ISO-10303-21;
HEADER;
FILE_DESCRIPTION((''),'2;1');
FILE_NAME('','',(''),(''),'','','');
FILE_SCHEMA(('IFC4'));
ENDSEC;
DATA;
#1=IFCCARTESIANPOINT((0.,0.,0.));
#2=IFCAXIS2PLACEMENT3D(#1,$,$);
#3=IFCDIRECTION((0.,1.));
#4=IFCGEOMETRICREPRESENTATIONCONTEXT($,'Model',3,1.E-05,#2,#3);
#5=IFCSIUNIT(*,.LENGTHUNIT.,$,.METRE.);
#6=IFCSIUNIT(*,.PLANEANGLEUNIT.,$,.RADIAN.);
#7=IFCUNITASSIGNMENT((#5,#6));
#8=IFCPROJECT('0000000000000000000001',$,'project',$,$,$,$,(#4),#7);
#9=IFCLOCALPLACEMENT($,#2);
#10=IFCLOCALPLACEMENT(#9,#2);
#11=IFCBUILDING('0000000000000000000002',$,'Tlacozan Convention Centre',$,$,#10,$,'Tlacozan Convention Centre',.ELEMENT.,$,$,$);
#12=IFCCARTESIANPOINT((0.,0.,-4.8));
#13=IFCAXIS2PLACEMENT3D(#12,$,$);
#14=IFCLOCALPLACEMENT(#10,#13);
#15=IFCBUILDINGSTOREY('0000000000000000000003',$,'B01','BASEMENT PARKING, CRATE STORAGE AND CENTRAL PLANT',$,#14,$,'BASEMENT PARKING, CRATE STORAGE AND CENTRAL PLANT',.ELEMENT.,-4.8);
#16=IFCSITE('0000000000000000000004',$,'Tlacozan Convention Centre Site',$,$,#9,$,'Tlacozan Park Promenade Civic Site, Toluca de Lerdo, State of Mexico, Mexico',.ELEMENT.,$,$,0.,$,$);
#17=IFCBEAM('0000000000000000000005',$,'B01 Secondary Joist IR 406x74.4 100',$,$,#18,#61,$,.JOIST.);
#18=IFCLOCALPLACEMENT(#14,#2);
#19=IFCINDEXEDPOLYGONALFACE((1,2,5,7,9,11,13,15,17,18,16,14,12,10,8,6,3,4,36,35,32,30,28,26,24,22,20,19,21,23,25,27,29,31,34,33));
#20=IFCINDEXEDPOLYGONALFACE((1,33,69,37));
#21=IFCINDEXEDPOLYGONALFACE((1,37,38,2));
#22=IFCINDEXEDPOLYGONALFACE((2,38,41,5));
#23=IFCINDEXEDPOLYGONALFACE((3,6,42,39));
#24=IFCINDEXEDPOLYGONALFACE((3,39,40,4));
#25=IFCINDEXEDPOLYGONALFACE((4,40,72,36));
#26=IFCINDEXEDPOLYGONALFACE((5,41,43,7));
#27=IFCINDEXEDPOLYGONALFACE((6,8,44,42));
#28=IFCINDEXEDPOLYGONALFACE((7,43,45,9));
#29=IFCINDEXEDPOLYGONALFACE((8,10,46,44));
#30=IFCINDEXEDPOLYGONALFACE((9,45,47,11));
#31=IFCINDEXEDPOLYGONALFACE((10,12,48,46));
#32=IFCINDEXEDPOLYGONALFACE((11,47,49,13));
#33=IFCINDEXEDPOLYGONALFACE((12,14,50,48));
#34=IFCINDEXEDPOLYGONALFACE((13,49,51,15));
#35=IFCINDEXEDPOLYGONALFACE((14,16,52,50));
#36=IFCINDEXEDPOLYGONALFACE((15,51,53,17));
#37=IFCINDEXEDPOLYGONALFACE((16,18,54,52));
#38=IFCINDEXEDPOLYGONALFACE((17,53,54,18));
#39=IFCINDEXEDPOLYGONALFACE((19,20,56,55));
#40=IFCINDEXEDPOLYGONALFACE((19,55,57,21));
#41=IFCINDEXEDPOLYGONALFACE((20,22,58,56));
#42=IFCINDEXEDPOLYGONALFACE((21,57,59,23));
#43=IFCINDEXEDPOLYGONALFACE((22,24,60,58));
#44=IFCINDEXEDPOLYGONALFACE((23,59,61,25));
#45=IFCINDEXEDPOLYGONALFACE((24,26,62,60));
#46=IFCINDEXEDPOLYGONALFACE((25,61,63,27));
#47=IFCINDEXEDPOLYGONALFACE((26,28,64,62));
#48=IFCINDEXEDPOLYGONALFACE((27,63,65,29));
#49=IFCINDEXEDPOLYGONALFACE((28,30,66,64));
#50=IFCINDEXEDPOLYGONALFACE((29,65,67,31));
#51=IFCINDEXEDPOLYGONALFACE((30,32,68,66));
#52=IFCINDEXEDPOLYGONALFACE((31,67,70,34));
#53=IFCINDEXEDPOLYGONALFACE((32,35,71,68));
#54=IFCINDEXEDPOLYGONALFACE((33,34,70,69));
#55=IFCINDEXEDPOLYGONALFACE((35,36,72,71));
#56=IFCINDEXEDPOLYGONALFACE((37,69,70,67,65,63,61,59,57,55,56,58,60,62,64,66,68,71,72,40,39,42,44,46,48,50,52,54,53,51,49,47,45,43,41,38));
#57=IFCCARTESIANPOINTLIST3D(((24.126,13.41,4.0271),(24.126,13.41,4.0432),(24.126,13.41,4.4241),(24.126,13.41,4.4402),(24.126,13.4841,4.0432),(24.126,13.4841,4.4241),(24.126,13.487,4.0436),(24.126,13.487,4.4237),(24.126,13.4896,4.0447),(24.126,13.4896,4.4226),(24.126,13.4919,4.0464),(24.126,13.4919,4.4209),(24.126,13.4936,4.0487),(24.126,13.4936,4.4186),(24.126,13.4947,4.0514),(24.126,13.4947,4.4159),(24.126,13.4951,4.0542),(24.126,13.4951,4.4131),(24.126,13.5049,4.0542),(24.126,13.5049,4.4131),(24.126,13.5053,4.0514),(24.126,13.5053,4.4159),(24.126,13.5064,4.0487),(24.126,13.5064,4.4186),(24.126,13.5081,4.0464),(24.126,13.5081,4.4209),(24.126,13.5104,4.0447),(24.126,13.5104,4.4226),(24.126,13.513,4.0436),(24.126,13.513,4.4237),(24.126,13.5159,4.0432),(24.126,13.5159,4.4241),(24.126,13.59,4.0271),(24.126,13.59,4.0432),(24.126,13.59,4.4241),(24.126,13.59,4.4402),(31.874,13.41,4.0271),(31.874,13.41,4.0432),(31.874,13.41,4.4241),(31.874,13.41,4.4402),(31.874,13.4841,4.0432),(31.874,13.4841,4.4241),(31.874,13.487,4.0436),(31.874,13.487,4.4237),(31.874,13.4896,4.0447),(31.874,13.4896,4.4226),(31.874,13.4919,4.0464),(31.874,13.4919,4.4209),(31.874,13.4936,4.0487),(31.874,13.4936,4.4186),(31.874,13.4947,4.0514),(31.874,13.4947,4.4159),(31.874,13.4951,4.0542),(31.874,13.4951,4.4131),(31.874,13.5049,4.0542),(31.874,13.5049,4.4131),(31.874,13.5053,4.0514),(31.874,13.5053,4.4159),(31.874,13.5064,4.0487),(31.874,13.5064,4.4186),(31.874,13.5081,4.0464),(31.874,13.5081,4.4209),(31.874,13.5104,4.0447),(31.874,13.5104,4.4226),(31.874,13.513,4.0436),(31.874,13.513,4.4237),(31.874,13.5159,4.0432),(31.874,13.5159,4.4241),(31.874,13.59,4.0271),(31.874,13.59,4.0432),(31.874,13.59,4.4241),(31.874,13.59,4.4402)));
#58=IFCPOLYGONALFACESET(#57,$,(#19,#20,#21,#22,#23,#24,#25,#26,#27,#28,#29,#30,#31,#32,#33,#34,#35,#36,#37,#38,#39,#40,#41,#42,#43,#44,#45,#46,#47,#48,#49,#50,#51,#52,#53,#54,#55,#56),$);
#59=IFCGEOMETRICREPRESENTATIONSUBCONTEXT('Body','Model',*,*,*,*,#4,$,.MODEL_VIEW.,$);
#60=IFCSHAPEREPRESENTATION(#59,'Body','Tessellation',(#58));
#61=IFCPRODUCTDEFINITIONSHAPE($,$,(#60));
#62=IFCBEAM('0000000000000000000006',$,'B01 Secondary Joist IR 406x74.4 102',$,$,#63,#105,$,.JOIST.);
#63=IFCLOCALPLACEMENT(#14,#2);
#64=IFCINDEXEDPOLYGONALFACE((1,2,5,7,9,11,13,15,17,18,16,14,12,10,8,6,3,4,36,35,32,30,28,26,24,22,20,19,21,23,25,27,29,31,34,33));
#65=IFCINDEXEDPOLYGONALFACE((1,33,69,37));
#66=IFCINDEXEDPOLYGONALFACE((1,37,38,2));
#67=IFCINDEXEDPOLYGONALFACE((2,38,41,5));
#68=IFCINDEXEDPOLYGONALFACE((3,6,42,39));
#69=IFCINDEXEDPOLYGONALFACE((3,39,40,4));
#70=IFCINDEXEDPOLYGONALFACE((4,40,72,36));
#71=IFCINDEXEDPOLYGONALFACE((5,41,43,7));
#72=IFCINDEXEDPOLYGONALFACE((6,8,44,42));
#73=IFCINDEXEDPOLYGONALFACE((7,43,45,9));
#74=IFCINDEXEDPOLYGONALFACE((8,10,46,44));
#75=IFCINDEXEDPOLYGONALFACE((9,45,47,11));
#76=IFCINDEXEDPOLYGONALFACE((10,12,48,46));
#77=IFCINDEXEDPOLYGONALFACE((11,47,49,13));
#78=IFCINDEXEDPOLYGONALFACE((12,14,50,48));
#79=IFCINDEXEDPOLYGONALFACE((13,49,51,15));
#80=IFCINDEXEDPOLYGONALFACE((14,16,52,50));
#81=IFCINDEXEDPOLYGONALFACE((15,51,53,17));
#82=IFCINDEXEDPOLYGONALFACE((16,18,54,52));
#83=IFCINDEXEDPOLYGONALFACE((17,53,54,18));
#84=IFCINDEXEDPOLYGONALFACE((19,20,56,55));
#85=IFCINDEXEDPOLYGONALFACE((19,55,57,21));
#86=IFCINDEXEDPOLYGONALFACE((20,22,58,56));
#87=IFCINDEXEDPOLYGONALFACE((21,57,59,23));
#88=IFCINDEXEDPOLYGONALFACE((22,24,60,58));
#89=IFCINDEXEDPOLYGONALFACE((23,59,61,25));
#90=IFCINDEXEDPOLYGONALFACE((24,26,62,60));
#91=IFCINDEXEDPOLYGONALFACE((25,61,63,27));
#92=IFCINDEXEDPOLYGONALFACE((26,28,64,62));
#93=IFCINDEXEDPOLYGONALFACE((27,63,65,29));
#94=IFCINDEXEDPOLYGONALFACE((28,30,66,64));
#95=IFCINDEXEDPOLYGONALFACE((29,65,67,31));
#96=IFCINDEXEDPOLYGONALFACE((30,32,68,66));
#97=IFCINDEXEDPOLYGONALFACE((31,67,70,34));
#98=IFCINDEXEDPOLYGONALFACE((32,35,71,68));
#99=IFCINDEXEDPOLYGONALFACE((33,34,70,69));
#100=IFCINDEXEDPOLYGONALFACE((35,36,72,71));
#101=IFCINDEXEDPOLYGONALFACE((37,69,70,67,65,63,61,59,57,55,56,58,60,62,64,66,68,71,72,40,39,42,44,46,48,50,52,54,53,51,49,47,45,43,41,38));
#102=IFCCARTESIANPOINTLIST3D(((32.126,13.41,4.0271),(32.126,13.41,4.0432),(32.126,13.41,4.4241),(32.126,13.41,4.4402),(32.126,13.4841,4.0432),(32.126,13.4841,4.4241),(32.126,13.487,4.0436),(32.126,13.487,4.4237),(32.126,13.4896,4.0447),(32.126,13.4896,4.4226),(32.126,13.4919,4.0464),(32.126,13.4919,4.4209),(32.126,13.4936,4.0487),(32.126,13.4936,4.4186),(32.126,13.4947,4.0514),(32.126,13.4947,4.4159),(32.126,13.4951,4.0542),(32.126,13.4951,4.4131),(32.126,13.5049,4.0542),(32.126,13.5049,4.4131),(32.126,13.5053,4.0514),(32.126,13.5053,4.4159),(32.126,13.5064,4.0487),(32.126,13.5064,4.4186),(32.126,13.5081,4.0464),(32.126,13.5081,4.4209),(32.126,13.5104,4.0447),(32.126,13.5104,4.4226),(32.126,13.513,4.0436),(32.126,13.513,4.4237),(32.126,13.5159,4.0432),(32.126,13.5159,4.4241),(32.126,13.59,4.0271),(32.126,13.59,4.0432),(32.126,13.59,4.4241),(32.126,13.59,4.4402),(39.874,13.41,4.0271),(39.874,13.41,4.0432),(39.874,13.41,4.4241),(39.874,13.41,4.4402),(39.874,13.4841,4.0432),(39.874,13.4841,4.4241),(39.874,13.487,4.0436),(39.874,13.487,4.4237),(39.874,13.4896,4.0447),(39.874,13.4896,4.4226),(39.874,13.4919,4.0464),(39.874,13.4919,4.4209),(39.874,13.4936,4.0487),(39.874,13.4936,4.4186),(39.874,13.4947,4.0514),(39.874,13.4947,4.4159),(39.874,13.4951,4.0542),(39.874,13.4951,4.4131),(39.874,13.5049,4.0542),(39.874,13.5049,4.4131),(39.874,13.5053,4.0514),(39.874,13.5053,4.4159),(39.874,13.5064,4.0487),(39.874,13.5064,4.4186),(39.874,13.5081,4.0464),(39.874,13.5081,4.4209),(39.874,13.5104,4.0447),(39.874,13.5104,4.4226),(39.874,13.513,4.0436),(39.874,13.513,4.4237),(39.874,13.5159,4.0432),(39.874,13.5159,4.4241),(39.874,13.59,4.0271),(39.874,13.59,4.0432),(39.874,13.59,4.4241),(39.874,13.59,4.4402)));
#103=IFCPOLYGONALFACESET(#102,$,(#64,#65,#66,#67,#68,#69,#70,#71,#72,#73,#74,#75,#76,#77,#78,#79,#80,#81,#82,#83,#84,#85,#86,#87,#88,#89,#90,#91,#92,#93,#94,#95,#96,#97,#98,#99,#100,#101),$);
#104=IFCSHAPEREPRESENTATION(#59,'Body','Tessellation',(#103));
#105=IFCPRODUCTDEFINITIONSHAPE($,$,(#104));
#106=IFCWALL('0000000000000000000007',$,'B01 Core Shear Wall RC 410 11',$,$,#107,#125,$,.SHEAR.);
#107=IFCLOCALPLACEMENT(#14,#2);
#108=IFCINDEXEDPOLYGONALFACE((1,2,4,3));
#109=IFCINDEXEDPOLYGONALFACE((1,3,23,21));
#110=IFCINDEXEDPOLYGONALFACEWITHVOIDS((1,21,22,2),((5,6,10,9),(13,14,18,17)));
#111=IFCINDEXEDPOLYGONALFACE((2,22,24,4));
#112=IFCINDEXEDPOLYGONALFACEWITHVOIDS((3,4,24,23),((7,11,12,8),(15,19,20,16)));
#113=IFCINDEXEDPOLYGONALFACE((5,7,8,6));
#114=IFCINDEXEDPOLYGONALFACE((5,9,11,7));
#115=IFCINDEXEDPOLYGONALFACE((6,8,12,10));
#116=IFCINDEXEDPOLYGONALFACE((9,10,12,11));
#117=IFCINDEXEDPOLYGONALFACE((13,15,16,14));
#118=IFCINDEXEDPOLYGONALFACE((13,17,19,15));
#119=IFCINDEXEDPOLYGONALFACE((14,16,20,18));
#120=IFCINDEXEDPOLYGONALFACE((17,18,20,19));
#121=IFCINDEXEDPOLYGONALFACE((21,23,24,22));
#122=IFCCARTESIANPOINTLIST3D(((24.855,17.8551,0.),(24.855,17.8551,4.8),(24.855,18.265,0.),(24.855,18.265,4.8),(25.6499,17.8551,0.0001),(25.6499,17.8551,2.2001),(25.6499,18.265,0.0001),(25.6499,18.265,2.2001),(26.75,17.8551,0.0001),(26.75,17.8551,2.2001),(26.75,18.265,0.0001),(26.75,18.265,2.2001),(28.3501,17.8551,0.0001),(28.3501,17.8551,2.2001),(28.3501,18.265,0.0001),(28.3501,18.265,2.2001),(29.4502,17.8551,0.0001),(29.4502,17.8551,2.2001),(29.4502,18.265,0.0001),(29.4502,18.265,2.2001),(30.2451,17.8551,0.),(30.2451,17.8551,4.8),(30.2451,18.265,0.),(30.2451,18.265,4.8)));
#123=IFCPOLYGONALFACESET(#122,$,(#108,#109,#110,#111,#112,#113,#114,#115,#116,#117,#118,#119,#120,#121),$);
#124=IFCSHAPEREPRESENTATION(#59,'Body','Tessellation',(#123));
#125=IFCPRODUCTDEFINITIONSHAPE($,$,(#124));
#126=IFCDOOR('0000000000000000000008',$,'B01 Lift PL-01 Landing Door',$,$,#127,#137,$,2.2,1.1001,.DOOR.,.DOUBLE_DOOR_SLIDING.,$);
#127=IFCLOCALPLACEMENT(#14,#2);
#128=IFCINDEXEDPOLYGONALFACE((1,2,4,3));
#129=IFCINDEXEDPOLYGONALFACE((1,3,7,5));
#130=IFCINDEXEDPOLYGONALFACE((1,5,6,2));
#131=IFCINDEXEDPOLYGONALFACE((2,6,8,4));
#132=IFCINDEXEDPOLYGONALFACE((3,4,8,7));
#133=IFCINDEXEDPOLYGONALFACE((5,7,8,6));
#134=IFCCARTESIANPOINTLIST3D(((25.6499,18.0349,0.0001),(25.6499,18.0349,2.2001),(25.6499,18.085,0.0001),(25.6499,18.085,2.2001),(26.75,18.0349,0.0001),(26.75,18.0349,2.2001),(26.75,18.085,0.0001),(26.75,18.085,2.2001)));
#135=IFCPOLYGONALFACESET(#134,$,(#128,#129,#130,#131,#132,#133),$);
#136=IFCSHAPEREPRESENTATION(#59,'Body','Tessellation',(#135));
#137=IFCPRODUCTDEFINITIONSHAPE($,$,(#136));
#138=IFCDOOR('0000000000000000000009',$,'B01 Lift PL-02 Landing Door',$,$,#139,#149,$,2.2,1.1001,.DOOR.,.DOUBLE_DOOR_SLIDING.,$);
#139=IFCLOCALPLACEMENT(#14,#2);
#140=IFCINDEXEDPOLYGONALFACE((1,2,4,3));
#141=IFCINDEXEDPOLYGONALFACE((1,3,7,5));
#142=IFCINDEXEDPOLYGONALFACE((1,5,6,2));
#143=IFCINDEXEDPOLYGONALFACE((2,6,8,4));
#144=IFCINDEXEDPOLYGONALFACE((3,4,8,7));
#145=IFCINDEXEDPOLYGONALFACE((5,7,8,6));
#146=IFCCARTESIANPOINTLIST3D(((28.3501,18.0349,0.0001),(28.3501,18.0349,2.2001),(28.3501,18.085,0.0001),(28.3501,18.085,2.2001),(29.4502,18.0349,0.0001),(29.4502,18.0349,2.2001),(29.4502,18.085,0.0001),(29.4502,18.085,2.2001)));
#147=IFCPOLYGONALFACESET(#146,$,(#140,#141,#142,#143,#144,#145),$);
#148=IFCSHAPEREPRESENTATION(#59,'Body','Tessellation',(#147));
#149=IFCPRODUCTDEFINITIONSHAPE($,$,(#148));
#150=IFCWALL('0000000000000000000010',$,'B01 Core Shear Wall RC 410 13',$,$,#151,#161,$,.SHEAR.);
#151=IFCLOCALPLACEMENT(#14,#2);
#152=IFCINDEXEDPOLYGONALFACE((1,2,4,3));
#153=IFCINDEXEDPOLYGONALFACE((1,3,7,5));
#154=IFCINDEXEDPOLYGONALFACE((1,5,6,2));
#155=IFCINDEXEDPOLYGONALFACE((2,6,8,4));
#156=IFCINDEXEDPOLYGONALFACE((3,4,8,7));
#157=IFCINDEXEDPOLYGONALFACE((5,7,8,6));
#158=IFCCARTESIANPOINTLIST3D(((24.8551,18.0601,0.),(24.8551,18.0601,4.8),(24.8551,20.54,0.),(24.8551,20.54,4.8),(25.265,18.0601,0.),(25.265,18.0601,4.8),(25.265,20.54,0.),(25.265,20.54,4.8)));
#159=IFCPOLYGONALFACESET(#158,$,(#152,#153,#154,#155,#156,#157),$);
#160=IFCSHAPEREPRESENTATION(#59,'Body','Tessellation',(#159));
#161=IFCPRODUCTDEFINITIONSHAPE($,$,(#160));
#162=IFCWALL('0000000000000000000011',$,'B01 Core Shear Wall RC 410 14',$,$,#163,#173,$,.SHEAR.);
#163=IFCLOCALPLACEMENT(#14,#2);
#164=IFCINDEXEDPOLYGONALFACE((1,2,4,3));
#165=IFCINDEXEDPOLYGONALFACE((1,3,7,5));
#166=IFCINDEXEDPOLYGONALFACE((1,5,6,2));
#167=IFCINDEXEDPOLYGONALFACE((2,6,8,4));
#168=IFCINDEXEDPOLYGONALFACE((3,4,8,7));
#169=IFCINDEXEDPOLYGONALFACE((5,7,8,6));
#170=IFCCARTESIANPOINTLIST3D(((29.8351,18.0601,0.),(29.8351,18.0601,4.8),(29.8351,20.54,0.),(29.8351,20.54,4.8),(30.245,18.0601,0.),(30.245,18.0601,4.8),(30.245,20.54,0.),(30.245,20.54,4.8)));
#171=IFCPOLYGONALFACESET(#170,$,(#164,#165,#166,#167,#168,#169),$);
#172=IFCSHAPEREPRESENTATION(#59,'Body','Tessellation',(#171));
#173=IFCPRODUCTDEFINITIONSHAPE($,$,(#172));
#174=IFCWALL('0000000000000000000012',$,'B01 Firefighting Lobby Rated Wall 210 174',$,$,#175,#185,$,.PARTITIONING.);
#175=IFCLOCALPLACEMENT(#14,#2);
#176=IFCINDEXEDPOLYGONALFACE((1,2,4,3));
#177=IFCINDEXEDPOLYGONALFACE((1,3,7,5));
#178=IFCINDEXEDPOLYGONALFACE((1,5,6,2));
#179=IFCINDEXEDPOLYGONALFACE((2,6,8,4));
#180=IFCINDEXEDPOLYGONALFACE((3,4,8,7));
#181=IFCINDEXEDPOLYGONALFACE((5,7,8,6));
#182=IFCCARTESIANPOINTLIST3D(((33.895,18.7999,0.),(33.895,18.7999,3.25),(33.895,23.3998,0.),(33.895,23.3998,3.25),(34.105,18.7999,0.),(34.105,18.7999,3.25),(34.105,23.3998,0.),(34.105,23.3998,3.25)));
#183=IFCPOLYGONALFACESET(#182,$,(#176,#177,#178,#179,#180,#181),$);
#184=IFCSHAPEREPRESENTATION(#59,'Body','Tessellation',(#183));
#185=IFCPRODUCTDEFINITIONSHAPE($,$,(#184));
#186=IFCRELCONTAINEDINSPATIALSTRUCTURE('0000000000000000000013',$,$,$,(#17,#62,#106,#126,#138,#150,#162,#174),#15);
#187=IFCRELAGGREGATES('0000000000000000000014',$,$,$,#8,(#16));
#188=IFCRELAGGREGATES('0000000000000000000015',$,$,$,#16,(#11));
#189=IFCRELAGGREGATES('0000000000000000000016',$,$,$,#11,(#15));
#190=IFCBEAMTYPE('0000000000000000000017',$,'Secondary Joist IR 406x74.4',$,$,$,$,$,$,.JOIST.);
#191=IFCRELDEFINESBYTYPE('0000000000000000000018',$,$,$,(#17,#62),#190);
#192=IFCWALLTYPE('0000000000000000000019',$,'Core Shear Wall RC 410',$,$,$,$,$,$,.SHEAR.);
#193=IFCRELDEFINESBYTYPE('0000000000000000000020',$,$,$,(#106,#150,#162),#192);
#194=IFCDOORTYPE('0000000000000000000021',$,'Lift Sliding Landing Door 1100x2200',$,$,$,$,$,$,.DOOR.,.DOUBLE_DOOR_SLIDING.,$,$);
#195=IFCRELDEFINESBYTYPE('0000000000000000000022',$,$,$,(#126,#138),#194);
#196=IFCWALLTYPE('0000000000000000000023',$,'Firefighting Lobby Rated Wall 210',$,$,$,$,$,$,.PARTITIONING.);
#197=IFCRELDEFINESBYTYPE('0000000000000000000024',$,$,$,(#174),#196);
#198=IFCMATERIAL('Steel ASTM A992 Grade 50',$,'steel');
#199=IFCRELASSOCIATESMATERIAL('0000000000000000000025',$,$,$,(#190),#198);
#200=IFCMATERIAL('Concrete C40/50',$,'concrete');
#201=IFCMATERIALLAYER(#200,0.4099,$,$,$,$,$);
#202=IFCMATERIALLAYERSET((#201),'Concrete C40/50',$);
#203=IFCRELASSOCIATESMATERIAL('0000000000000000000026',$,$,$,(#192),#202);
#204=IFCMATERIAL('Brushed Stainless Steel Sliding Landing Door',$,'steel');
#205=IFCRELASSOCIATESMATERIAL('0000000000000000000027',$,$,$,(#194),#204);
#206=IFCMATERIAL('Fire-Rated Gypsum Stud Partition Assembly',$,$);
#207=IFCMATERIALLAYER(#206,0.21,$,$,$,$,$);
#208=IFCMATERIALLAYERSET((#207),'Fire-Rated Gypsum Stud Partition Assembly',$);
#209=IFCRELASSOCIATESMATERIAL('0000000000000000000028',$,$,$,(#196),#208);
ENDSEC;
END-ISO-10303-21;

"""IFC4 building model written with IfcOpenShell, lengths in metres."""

from ifc_helpers import new_model, si_unit, direction, frame, frame_2d, origin, origin_2d, place, context, subcontext, project, spatial, rectangle, i_section, extrude, material, layer, layer_set, material_profile, profile_set, type_object, element, fill, save


model = new_model("IFC4")

# Units and contexts
model_context = context("Model", 3, precision=1e-05, world=origin(), true_north=direction((0.0, 1.0)))
body_context = subcontext(model_context, "Body", "Model", "MODEL_VIEW")
ifc_project = project(units=[si_unit("LENGTHUNIT", "METRE"), si_unit("PLANEANGLEUNIT", "RADIAN")], contexts=[model_context])

# Site, building, storey
site_placement = place(None, origin())
site = spatial("IfcSite", under=ifc_project, at=site_placement, Name="Tlacozan Convention Centre Site", LongName="Tlacozan Park Promenade Civic Site, Toluca de Lerdo, State of Mexico, Mexico", CompositionType="ELEMENT", RefElevation=0.0)
building_placement = place(site_placement, origin())
building = spatial("IfcBuilding", under=site, at=building_placement, Name="Tlacozan Convention Centre", LongName="Tlacozan Convention Centre", CompositionType="ELEMENT")
storey_placement = place(building_placement, frame((0.0, 0.0, -4.8)))
storey = spatial("IfcBuildingStorey", under=building, at=storey_placement, Name="B01", Description="BASEMENT PARKING, CRATE STORAGE AND CENTRAL PLANT", LongName="BASEMENT PARKING, CRATE STORAGE AND CENTRAL PLANT", CompositionType="ELEMENT", Elevation=-4.8)

# Shared definitions
ifc_material_1 = material(Name="Concrete C40/50", Category="concrete")

# Beams
ifc_material_2 = material(Name="Steel ASTM A992 Grade 50", Category="steel")
ifc_material_profile_1 = material_profile(ifc_material_2, i_section(OverallWidth=0.1799, OverallDepth=0.4131, WebThickness=0.0098, FlangeThickness=0.0161, FilletRadius=0.011, at=origin_2d()), Name="IR 406x74.4")
ifc_profile_set_1 = profile_set([ifc_material_profile_1], Name="Steel ASTM A992 Grade 50")
beam_type_1 = type_object("IfcBeamType", Name="Secondary Joist IR 406x74.4", PredefinedType="JOIST", material=ifc_profile_set_1)
for number, where, z_axis, x_axis, name in (
    (1, (24.126, 13.5, 4.2336), (1.0, 0.0, 0.0), (0.0, 1.0, 0.0), "B01 Secondary Joist IR 406x74.4 100"),
    (2, (32.126, 13.5, 4.2336), (1.0, 0.0, 0.0), (0.0, 1.0, 0.0), "B01 Secondary Joist IR 406x74.4 102"),
):
    element("IfcBeam", number, at=place(storey_placement, frame(where, z_axis=z_axis, x_axis=x_axis)), inside=storey, type_object=beam_type_1, Name=name, PredefinedType="JOIST", context=body_context, shape_type="SweptSolid", body=[
        extrude(i_section(OverallWidth=0.1799, OverallDepth=0.4131, WebThickness=0.0098, FlangeThickness=0.0161, FilletRadius=0.011, at=origin_2d()), origin(), (0.0, 0.0, 1.0), 7.748),
    ])

# Wall, openings, doors
ifc_layer_1 = layer(ifc_material_1, 0.4099)
ifc_layer_set_1 = layer_set([ifc_layer_1], Name="Concrete C40/50")
wall_type_1 = type_object("IfcWallType", Name="Core Shear Wall RC 410", PredefinedType="SHEAR", material=ifc_layer_set_1)
wall_1_placement = place(storey_placement, frame((24.855, 18.0601, 0.0), z_axis=(0.0, 0.0, 1.0), x_axis=(1.0, 0.0, 0.0)))
wall_1 = element("IfcWall", 3, at=wall_1_placement, inside=storey, type_object=wall_type_1, Name="B01 Core Shear Wall RC 410 11", PredefinedType="SHEAR", context=body_context, shape_type="SweptSolid", body=[
    extrude(rectangle(XDim=5.3901, YDim=0.4099, at=frame_2d((2.6951, 0.0))), origin(), (0.0, 0.0, 1.0), 4.8),
])
opening_1_placement = place(wall_1_placement, frame((0.7949, 0.0, 0.0)))
opening_1 = element("IfcOpeningElement", 4, at=opening_1_placement, cuts=wall_1, PredefinedType="OPENING", context=body_context, shape_type="SweptSolid", body=[
    extrude(rectangle(XDim=1.1001, YDim=2.2, at=frame_2d((0.55, 1.1001))), frame((0.0, 0.2148, 0.0), z_axis=(0.0, -1.0, 0.0), x_axis=(1.0, 0.0, 0.0)), (0.0, 0.0, 1.0), 0.4299),
])
opening_2_placement = place(wall_1_placement, frame((3.4951, 0.0, 0.0)))
opening_2 = element("IfcOpeningElement", 5, at=opening_2_placement, cuts=wall_1, PredefinedType="OPENING", context=body_context, shape_type="SweptSolid", body=[
    extrude(rectangle(XDim=1.1001, YDim=2.2, at=frame_2d((0.55, 1.1001))), frame((0.0, 0.2148, 0.0), z_axis=(0.0, -1.0, 0.0), x_axis=(1.0, 0.0, 0.0)), (0.0, 0.0, 1.0), 0.4299),
])
ifc_material_3 = material(Name="Brushed Stainless Steel Sliding Landing Door", Category="steel")
door_type_1 = type_object("IfcDoorType", Name="Lift Sliding Landing Door 1100x2200", OperationType="DOUBLE_DOOR_SLIDING", PredefinedType="DOOR", material=ifc_material_3)
door_1_placement = place(opening_1_placement, origin())
door_1 = element("IfcDoor", 6, at=door_1_placement, inside=storey, type_object=door_type_1, Name="B01 Lift PL-01 Landing Door", OperationType="DOUBLE_DOOR_SLIDING", OverallHeight=2.2, OverallWidth=1.1001, PredefinedType="DOOR", context=body_context, shape_type="SweptSolid", body=[
    extrude(rectangle(XDim=1.1001, YDim=2.2, at=frame_2d((0.55, 1.1001))), frame((0.0, 0.0249, 0.0), z_axis=(0.0, -1.0, 0.0), x_axis=(1.0, 0.0, 0.0)), (0.0, 0.0, 1.0), 0.05),
])
fill(opening_1, door_1)
door_2_placement = place(opening_2_placement, origin())
door_2 = element("IfcDoor", 7, at=door_2_placement, inside=storey, type_object=door_type_1, Name="B01 Lift PL-02 Landing Door", OperationType="DOUBLE_DOOR_SLIDING", OverallHeight=2.2, OverallWidth=1.1001, PredefinedType="DOOR", context=body_context, shape_type="SweptSolid", body=[
    extrude(rectangle(XDim=1.1001, YDim=2.2, at=frame_2d((0.55, 1.1001))), frame((0.0, 0.0249, 0.0), z_axis=(0.0, -1.0, 0.0), x_axis=(1.0, 0.0, 0.0)), (0.0, 0.0, 1.0), 0.05),
])
fill(opening_2, door_2)

# Walls
for number, where, z_axis, x_axis, name in (
    (8, (25.0601, 18.0601, 0.0), (0.0, 0.0, 1.0), (0.0, 1.0, 0.0), "B01 Core Shear Wall RC 410 13"),
    (9, (30.04, 18.0601, 0.0), (0.0, 0.0, 1.0), (0.0, 1.0, 0.0), "B01 Core Shear Wall RC 410 14"),
):
    element("IfcWall", number, at=place(storey_placement, frame(where, z_axis=z_axis, x_axis=x_axis)), inside=storey, type_object=wall_type_1, Name=name, PredefinedType="SHEAR", context=body_context, shape_type="SweptSolid", body=[
        extrude(rectangle(XDim=2.48, YDim=0.4099, at=frame_2d((1.24, 0.0))), origin(), (0.0, 0.0, 1.0), 4.8),
    ])

# Shared definitions
ifc_material_4 = material(Name="Fire-Rated Gypsum Stud Partition Assembly")
ifc_layer_2 = layer(ifc_material_4, 0.21)
ifc_layer_set_2 = layer_set([ifc_layer_2], Name="Fire-Rated Gypsum Stud Partition Assembly")
wall_type_2 = type_object("IfcWallType", Name="Firefighting Lobby Rated Wall 210", PredefinedType="PARTITIONING", material=ifc_layer_set_2)

# Wall
wall_2_placement = place(storey_placement, frame((34.0, 18.8, 0.0), z_axis=(0.0, 0.0, 1.0), x_axis=(0.0, 1.0, 0.0)))
element("IfcWall", 10, at=wall_2_placement, inside=storey, type_object=wall_type_2, Name="B01 Firefighting Lobby Rated Wall 210 174", PredefinedType="PARTITIONING", context=body_context, shape_type="SweptSolid", body=[
    extrude(rectangle(XDim=4.5999, YDim=0.21, at=frame_2d((2.2998, 0.0))), origin(), (0.0, 0.0, 1.0), 3.25),
])

save(model, "model.ifc")
